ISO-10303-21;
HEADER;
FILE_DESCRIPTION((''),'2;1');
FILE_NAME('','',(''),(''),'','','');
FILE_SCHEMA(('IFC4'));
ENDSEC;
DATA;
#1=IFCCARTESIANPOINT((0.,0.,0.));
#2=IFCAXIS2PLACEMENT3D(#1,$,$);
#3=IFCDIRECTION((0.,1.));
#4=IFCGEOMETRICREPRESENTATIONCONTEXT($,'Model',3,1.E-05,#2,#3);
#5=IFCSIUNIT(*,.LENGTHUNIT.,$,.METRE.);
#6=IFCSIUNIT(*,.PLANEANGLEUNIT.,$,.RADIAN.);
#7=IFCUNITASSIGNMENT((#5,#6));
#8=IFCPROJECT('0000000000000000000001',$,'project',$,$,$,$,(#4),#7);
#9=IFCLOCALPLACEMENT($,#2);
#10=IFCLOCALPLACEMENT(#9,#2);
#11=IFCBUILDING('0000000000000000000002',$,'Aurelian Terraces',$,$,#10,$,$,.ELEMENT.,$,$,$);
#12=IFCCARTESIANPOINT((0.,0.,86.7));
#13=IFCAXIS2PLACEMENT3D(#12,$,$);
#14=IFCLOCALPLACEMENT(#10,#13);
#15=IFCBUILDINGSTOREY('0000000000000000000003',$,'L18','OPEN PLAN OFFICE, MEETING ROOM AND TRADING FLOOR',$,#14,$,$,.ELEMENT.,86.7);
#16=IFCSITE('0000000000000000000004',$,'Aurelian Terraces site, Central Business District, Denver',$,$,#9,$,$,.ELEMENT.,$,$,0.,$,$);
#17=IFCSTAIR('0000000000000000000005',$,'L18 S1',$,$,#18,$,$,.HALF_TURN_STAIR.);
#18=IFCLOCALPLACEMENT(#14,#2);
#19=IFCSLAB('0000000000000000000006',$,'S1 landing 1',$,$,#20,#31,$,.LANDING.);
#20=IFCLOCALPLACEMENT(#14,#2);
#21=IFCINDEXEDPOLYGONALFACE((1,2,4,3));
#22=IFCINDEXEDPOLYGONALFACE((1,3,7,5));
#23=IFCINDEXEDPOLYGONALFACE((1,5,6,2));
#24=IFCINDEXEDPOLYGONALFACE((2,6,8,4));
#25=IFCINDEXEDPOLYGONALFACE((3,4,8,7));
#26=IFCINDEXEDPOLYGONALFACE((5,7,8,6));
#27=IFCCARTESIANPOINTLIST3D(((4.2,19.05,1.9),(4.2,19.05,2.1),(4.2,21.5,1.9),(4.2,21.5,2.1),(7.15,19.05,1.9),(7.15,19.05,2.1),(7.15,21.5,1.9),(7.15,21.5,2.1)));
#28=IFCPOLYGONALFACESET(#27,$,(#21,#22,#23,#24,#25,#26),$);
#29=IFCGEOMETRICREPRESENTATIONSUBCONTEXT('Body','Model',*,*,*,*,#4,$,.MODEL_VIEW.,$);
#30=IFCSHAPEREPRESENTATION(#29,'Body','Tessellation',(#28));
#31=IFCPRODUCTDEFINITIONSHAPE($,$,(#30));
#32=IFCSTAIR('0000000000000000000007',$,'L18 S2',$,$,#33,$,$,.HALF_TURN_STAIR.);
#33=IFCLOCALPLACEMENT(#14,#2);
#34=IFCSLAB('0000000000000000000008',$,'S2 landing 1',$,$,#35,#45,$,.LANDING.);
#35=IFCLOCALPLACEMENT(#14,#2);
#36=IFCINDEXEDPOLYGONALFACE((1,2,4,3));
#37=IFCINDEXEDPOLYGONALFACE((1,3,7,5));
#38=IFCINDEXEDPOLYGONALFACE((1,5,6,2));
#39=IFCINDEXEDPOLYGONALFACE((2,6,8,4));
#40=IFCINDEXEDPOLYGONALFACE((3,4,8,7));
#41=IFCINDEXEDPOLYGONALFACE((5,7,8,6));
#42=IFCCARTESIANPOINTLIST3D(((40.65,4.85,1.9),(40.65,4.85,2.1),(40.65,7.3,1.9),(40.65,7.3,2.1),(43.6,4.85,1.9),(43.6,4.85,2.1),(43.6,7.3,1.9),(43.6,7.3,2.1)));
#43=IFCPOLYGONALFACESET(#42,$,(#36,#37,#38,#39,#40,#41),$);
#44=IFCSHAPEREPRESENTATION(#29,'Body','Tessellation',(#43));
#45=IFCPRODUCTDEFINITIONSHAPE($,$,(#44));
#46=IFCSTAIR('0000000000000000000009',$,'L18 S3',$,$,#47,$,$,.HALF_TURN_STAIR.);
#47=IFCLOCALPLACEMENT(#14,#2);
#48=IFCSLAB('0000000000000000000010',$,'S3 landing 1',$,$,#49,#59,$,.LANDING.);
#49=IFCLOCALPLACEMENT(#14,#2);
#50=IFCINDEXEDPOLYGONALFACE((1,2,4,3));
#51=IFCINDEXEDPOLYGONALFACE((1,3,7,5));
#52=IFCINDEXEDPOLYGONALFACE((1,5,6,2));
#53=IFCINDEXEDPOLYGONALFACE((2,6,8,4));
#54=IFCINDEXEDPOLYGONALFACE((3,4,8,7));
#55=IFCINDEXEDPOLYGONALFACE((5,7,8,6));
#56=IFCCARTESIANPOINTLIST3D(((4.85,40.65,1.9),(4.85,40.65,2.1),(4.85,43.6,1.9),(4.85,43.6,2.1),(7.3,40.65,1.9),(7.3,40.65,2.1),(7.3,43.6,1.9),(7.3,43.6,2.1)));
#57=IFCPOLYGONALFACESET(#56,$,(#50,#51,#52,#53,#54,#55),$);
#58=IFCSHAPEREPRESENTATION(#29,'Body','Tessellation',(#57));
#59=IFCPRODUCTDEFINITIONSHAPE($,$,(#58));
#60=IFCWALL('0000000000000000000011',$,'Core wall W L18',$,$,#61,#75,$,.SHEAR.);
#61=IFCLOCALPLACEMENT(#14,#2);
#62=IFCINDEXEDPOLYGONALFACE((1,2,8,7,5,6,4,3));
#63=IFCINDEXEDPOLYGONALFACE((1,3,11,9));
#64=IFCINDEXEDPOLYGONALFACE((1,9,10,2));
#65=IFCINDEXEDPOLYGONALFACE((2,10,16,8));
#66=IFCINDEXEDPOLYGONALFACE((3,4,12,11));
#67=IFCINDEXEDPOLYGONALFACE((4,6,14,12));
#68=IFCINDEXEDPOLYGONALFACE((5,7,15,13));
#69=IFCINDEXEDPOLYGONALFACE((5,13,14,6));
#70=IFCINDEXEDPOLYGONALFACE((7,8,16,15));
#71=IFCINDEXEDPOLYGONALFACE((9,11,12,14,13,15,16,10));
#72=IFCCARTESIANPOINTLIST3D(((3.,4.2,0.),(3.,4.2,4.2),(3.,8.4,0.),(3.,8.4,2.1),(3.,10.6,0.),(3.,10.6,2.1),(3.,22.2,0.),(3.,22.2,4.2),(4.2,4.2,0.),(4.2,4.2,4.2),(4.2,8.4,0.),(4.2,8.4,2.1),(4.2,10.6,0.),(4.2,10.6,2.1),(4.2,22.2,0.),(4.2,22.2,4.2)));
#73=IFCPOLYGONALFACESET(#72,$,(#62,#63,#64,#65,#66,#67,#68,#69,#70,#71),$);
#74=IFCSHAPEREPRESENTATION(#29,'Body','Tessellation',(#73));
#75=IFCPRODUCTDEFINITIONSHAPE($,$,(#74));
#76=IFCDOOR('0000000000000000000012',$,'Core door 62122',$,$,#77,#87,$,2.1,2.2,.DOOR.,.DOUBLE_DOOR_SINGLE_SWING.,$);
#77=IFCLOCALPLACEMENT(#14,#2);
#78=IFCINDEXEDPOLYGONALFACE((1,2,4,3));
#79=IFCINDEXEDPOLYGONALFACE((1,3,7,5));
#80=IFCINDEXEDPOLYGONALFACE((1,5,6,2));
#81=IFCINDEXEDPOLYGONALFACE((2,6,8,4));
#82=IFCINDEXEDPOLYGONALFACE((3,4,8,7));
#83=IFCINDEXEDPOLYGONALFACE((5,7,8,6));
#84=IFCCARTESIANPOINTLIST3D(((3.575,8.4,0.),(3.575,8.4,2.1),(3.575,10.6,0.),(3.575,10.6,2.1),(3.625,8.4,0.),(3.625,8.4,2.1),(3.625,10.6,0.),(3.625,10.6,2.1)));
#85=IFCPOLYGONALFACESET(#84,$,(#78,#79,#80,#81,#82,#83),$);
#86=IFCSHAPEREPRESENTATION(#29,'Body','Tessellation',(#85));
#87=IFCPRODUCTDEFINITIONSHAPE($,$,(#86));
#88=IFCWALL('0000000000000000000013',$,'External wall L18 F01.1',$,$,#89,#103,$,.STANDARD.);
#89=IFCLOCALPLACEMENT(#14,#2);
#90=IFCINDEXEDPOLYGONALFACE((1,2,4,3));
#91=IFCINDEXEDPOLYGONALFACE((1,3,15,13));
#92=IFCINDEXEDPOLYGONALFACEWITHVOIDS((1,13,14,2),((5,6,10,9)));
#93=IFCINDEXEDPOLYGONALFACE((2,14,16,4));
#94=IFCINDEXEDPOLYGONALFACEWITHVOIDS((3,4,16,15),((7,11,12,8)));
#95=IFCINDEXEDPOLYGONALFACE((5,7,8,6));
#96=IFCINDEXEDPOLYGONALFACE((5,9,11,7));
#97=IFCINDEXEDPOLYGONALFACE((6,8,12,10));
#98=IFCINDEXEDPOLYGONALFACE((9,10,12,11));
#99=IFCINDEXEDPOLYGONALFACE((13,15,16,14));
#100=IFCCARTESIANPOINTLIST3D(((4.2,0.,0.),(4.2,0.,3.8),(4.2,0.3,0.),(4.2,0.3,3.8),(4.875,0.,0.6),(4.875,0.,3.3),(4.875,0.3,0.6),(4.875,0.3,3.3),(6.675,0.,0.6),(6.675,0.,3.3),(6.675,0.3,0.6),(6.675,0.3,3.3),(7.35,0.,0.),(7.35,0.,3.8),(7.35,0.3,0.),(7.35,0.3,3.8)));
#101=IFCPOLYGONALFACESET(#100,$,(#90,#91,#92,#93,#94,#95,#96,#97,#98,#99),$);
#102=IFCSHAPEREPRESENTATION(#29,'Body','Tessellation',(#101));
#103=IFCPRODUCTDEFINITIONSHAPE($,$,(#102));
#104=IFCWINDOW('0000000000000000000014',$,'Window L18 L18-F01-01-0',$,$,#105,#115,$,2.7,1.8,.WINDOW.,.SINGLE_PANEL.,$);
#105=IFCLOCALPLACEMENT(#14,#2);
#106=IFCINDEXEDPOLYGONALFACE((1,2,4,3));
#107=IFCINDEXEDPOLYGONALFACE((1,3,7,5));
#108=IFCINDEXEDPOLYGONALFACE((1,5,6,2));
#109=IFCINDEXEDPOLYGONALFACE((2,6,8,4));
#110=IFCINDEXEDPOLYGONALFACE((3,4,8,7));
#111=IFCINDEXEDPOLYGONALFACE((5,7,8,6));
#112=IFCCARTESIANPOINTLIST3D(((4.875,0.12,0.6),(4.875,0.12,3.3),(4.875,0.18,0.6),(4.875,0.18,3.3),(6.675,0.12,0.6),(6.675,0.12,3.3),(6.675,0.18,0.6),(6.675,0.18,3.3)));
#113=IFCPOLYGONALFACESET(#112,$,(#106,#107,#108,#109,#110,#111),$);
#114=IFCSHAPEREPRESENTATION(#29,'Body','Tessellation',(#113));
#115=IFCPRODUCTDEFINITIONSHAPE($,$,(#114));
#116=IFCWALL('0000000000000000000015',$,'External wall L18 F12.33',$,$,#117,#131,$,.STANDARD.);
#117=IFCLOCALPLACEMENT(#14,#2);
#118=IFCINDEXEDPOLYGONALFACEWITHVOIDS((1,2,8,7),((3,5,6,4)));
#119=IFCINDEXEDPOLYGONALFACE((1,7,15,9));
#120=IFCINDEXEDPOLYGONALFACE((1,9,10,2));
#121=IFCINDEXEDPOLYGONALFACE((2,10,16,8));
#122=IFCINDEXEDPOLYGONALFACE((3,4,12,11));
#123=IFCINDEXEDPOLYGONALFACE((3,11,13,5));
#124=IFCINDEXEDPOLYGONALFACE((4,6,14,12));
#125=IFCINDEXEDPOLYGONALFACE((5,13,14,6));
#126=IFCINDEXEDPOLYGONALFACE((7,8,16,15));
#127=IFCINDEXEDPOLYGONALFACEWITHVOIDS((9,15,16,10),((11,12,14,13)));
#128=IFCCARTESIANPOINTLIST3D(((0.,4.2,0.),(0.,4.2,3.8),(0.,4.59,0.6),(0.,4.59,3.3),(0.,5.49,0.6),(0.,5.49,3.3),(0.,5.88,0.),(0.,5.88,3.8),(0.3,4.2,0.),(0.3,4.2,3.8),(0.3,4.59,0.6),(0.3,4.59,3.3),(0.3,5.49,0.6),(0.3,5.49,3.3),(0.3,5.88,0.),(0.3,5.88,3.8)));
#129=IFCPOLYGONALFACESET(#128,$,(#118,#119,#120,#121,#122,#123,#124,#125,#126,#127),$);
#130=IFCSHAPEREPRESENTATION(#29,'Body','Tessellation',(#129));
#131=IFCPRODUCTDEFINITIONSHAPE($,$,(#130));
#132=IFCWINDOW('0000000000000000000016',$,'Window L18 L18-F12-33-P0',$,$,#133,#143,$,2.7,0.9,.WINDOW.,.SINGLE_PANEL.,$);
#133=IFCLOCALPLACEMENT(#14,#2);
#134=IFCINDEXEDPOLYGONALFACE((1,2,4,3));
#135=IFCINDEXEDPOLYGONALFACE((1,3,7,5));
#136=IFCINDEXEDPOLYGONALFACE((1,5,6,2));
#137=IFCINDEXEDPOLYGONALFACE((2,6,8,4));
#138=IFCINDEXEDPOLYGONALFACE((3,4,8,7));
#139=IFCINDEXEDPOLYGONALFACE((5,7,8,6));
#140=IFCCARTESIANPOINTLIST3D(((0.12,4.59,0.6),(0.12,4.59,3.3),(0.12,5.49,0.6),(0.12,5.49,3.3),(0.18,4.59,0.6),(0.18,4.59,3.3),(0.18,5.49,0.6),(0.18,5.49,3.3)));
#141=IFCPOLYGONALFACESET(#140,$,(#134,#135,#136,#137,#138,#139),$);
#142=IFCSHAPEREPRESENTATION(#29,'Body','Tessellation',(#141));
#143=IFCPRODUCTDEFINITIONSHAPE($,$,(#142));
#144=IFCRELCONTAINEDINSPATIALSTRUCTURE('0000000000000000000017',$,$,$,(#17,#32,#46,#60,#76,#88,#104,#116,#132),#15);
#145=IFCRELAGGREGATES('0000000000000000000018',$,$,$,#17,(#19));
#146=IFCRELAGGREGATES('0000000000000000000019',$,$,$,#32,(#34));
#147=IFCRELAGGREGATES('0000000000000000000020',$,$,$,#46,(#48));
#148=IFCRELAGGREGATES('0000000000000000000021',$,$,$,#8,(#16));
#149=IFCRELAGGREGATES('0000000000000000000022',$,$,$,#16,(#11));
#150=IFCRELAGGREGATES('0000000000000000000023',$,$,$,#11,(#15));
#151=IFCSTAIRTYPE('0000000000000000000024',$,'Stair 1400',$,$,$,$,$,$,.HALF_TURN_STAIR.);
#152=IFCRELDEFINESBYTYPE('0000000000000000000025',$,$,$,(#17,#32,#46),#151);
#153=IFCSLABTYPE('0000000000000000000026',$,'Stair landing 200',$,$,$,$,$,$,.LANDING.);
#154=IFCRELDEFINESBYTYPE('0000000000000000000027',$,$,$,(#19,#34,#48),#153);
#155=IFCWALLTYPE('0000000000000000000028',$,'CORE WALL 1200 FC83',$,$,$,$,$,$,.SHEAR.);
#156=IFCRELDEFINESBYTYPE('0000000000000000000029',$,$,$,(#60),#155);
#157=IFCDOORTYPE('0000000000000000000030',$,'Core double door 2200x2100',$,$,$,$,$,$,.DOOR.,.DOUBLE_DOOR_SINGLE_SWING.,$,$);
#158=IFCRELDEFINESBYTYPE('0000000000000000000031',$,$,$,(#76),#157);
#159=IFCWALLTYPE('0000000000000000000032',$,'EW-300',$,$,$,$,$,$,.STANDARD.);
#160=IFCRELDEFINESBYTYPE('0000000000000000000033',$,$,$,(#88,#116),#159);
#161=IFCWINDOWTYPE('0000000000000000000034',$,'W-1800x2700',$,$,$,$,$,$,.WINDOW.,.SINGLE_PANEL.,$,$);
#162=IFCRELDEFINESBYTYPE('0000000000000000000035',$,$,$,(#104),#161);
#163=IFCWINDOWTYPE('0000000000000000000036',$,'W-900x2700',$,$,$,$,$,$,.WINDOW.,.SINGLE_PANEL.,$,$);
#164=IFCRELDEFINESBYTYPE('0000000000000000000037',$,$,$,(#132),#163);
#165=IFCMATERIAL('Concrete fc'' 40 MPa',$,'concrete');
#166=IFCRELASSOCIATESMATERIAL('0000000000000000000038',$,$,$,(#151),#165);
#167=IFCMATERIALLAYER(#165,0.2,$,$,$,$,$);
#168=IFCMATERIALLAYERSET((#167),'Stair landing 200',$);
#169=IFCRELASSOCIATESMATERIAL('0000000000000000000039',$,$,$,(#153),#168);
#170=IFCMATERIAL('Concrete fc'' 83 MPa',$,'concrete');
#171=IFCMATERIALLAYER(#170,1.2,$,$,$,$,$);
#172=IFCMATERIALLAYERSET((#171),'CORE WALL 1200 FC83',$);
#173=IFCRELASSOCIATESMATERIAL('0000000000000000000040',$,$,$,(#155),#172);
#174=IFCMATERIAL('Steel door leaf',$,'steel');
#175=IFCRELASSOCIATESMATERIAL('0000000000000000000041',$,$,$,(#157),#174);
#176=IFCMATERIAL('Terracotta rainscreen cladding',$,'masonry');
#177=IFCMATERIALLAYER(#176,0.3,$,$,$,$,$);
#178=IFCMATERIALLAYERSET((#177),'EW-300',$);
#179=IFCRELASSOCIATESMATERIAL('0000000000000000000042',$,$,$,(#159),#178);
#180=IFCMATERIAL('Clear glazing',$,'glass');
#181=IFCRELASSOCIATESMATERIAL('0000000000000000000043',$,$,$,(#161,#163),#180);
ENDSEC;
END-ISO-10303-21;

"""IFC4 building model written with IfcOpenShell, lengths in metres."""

from ifc_helpers import new_model, si_unit, direction, frame, frame_2d, origin, place, context, subcontext, project, spatial, polyline, rectangle, outline, extrude, source, transform, mapped, material, layer, layer_set, type_object, element, fill, aggregate, save


model = new_model("IFC4")

# Units and contexts
model_context = context("Model", 3, precision=1e-05, world=origin(), true_north=direction((0.0, 1.0)))
body_context = subcontext(model_context, "Body", "Model", "MODEL_VIEW")
ifc_project = project(units=[si_unit("LENGTHUNIT", "METRE"), si_unit("PLANEANGLEUNIT", "RADIAN")], contexts=[model_context])

# Site, building, storey
site_placement = place(None, origin())
site = spatial("IfcSite", under=ifc_project, at=site_placement, Name="Aurelian Terraces site, Central Business District, Denver", CompositionType="ELEMENT", RefElevation=0.0)
building_placement = place(site_placement, origin())
building = spatial("IfcBuilding", under=site, at=building_placement, Name="Aurelian Terraces", CompositionType="ELEMENT")
storey_placement = place(building_placement, frame((0.0, 0.0, 86.7)))
storey = spatial("IfcBuildingStorey", under=building, at=storey_placement, Name="L18", Description="OPEN PLAN OFFICE, MEETING ROOM AND TRADING FLOOR", CompositionType="ELEMENT", Elevation=86.7)

# Shared definitions
ifc_material_1 = material(Name="Concrete fc' 40 MPa", Category="concrete")

# Stairs, slabs
stair_type = type_object("IfcStairType", Name="Stair 1400", PredefinedType="HALF_TURN_STAIR", material=ifc_material_1)
stair_1_placement = place(storey_placement, origin())
stair_1 = element("IfcStair", 1, at=stair_1_placement, inside=storey, type_object=stair_type, Name="L18 S1", PredefinedType="HALF_TURN_STAIR")
ifc_layer_1 = layer(ifc_material_1, 0.2)
ifc_layer_set_1 = layer_set([ifc_layer_1], Name="Stair landing 200")
slab_type_1 = type_object("IfcSlabType", Name="Stair landing 200", PredefinedType="LANDING", material=ifc_layer_set_1)
shared_shape_1 = source(origin(), body_context, "Body", "SweptSolid", [
    extrude(outline(polyline([(7.15, 19.05), (7.15, 21.5), (4.2, 21.5), (4.2, 19.05), (7.15, 19.05)])), origin(), (0.0, 0.0, 1.0), 0.2),
])
slab_1_placement = place(storey_placement, frame((0.0, 0.0, 1.9)))
slab_1 = element("IfcSlab", 2, at=slab_1_placement, type_object=slab_type_1, Name="S1 landing 1", PredefinedType="LANDING", context=body_context, shape_type="MappedRepresentation", body=[
    mapped(shared_shape_1, transform((0.0, 0.0, 0.0), scale=1.0)),
])
aggregate(stair_1, [slab_1])
stair_2_placement = place(storey_placement, origin())
stair_2 = element("IfcStair", 3, at=stair_2_placement, inside=storey, type_object=stair_type, Name="L18 S2", PredefinedType="HALF_TURN_STAIR")
shared_shape_2 = source(origin(), body_context, "Body", "SweptSolid", [
    extrude(outline(polyline([(43.6, 4.85), (43.6, 7.3), (40.65, 7.3), (40.65, 4.85), (43.6, 4.85)])), origin(), (0.0, 0.0, 1.0), 0.2),
])
slab_2_placement = place(storey_placement, frame((0.0, 0.0, 1.9)))
slab_2 = element("IfcSlab", 4, at=slab_2_placement, type_object=slab_type_1, Name="S2 landing 1", PredefinedType="LANDING", context=body_context, shape_type="MappedRepresentation", body=[
    mapped(shared_shape_2, transform((0.0, 0.0, 0.0), scale=1.0)),
])
aggregate(stair_2, [slab_2])
stair_3_placement = place(storey_placement, origin())
stair_3 = element("IfcStair", 5, at=stair_3_placement, inside=storey, type_object=stair_type, Name="L18 S3", PredefinedType="HALF_TURN_STAIR")
shared_shape_3 = source(origin(), body_context, "Body", "SweptSolid", [
    extrude(outline(polyline([(4.85, 40.65), (7.3, 40.65), (7.3, 43.6), (4.85, 43.6), (4.85, 40.65)])), origin(), (0.0, 0.0, 1.0), 0.2),
])
slab_3_placement = place(storey_placement, frame((0.0, 0.0, 1.9)))
slab_3 = element("IfcSlab", 6, at=slab_3_placement, type_object=slab_type_1, Name="S3 landing 1", PredefinedType="LANDING", context=body_context, shape_type="MappedRepresentation", body=[
    mapped(shared_shape_3, transform((0.0, 0.0, 0.0), scale=1.0)),
])
aggregate(stair_3, [slab_3])

# Wall, opening, door
ifc_material_2 = material(Name="Concrete fc' 83 MPa", Category="concrete")
ifc_layer_2 = layer(ifc_material_2, 1.2)
ifc_layer_set_2 = layer_set([ifc_layer_2], Name="CORE WALL 1200 FC83")
wall_type_1 = type_object("IfcWallType", Name="CORE WALL 1200 FC83", PredefinedType="SHEAR", material=ifc_layer_set_2)
shared_shape_4 = source(origin(), body_context, "Body", "SweptSolid", [
    extrude(rectangle(XDim=18.0, YDim=1.2, at=frame_2d((9.0, 0.0))), origin(), (0.0, 0.0, 1.0), 4.2),
])
wall_1_placement = place(storey_placement, frame((3.6, 4.2, 0.0), z_axis=(0.0, 0.0, 1.0), x_axis=(0.0, 1.0, 0.0)))
wall_1 = element("IfcWall", 7, at=wall_1_placement, inside=storey, type_object=wall_type_1, Name="Core wall W L18", PredefinedType="SHEAR", context=body_context, shape_type="MappedRepresentation", body=[
    mapped(shared_shape_4, transform((0.0, 0.0, 0.0), scale=1.0)),
])
shared_shape_5 = source(origin(), body_context, "Body", "SweptSolid", [
    extrude(rectangle(XDim=2.2, YDim=2.1, at=frame_2d((1.1, 1.05))), frame((0.0, 0.61, 0.0), z_axis=(0.0, -1.0, 0.0), x_axis=(1.0, 0.0, 0.0)), (0.0, 0.0, 1.0), 1.22),
])
opening_1_placement = place(wall_1_placement, frame((4.2, 0.0, 0.0)))
opening_1 = element("IfcOpeningElement", 8, at=opening_1_placement, cuts=wall_1, PredefinedType="OPENING", context=body_context, shape_type="MappedRepresentation", body=[
    mapped(shared_shape_5, transform((0.0, 0.0, 0.0), scale=1.0)),
])
ifc_material_3 = material(Name="Steel door leaf", Category="steel")
door_type = type_object("IfcDoorType", Name="Core double door 2200x2100", OperationType="DOUBLE_DOOR_SINGLE_SWING", PredefinedType="DOOR", material=ifc_material_3)
shared_shape_6 = source(origin(), body_context, "Body", "SweptSolid", [
    extrude(rectangle(XDim=2.2, YDim=2.1, at=frame_2d((1.1, 1.05))), frame((0.0, 0.025, 0.0), z_axis=(0.0, -1.0, 0.0), x_axis=(1.0, 0.0, 0.0)), (0.0, 0.0, 1.0), 0.05),
])
door_placement = place(opening_1_placement, origin())
door = element("IfcDoor", 9, at=door_placement, inside=storey, type_object=door_type, Name="Core door 62122", OperationType="DOUBLE_DOOR_SINGLE_SWING", OverallHeight=2.1, OverallWidth=2.2, PredefinedType="DOOR", context=body_context, shape_type="MappedRepresentation", body=[
    mapped(shared_shape_6, transform((0.0, 0.0, 0.0), scale=1.0)),
])
fill(opening_1, door)

# Walls, openings, windows
ifc_material_4 = material(Name="Terracotta rainscreen cladding", Category="masonry")
ifc_layer_3 = layer(ifc_material_4, 0.3)
ifc_layer_set_3 = layer_set([ifc_layer_3], Name="EW-300")
wall_type_2 = type_object("IfcWallType", Name="EW-300", PredefinedType="STANDARD", material=ifc_layer_set_3)
shared_shape_7 = source(origin(), body_context, "Body", "SweptSolid", [
    extrude(rectangle(XDim=3.15, YDim=0.3, at=frame_2d((1.575, 0.0))), origin(), (0.0, 0.0, 1.0), 3.8),
])
wall_2_placement = place(storey_placement, frame((4.2, 0.15, 0.0), z_axis=(0.0, 0.0, 1.0), x_axis=(1.0, 0.0, 0.0)))
wall_2 = element("IfcWall", 10, at=wall_2_placement, inside=storey, type_object=wall_type_2, Name="External wall L18 F01.1", PredefinedType="STANDARD", context=body_context, shape_type="MappedRepresentation", body=[
    mapped(shared_shape_7, transform((0.0, 0.0, 0.0), scale=1.0)),
])
shared_shape_8 = source(origin(), body_context, "Body", "SweptSolid", [
    extrude(rectangle(XDim=1.8, YDim=2.7, at=frame_2d((0.9, 1.35))), frame((0.0, 0.16, 0.0), z_axis=(0.0, -1.0, 0.0), x_axis=(1.0, 0.0, 0.0)), (0.0, 0.0, 1.0), 0.32),
])
opening_2_placement = place(wall_2_placement, frame((0.675, 0.0, 0.6)))
opening_2 = element("IfcOpeningElement", 11, at=opening_2_placement, cuts=wall_2, PredefinedType="OPENING", context=body_context, shape_type="MappedRepresentation", body=[
    mapped(shared_shape_8, transform((0.0, 0.0, 0.0), scale=1.0)),
])
ifc_material_5 = material(Name="Clear glazing", Category="glass")
window_type_1 = type_object("IfcWindowType", Name="W-1800x2700", PartitioningType="SINGLE_PANEL", PredefinedType="WINDOW", material=ifc_material_5)
shared_shape_9 = source(origin(), body_context, "Body", "SweptSolid", [
    extrude(rectangle(XDim=1.8, YDim=2.7, at=frame_2d((0.9, 1.35))), frame((0.0, 0.03, 0.0), z_axis=(0.0, -1.0, 0.0), x_axis=(1.0, 0.0, 0.0)), (0.0, 0.0, 1.0), 0.06),
])
window_1_placement = place(opening_2_placement, origin())
window_1 = element("IfcWindow", 12, at=window_1_placement, inside=storey, type_object=window_type_1, Name="Window L18 L18-F01-01-0", OverallHeight=2.7, OverallWidth=1.8, PartitioningType="SINGLE_PANEL", PredefinedType="WINDOW", context=body_context, shape_type="MappedRepresentation", body=[
    mapped(shared_shape_9, transform((0.0, 0.0, 0.0), scale=1.0)),
])
fill(opening_2, window_1)
shared_shape_10 = source(origin(), body_context, "Body", "SweptSolid", [
    extrude(rectangle(XDim=1.68, YDim=0.3, at=frame_2d((0.84, 0.0))), origin(), (0.0, 0.0, 1.0), 3.8),
])
wall_3_placement = place(storey_placement, frame((0.15, 5.88, 0.0), z_axis=(0.0, 0.0, 1.0), x_axis=(0.0, -1.0, 0.0)))
wall_3 = element("IfcWall", 13, at=wall_3_placement, inside=storey, type_object=wall_type_2, Name="External wall L18 F12.33", PredefinedType="STANDARD", context=body_context, shape_type="MappedRepresentation", body=[
    mapped(shared_shape_10, transform((0.0, 0.0, 0.0), scale=1.0)),
])
shared_shape_11 = source(origin(), body_context, "Body", "SweptSolid", [
    extrude(rectangle(XDim=0.9, YDim=2.7, at=frame_2d((0.45, 1.35))), frame((0.0, 0.16, 0.0), z_axis=(0.0, -1.0, 0.0), x_axis=(1.0, 0.0, 0.0)), (0.0, 0.0, 1.0), 0.32),
])
opening_3_placement = place(wall_3_placement, frame((0.39, 0.0, 0.6)))
opening_3 = element("IfcOpeningElement", 14, at=opening_3_placement, cuts=wall_3, PredefinedType="OPENING", context=body_context, shape_type="MappedRepresentation", body=[
    mapped(shared_shape_11, transform((0.0, 0.0, 0.0), scale=1.0)),
])
window_type_2 = type_object("IfcWindowType", Name="W-900x2700", PartitioningType="SINGLE_PANEL", PredefinedType="WINDOW", material=ifc_material_5)
shared_shape_12 = source(origin(), body_context, "Body", "SweptSolid", [
    extrude(rectangle(XDim=0.9, YDim=2.7, at=frame_2d((0.45, 1.35))), frame((0.0, 0.03, 0.0), z_axis=(0.0, -1.0, 0.0), x_axis=(1.0, 0.0, 0.0)), (0.0, 0.0, 1.0), 0.06),
])
window_2_placement = place(opening_3_placement, origin())
window_2 = element("IfcWindow", 15, at=window_2_placement, inside=storey, type_object=window_type_2, Name="Window L18 L18-F12-33-P0", OverallHeight=2.7, OverallWidth=0.9, PartitioningType="SINGLE_PANEL", PredefinedType="WINDOW", context=body_context, shape_type="MappedRepresentation", body=[
    mapped(shared_shape_12, transform((0.0, 0.0, 0.0), scale=1.0)),
])
fill(opening_3, window_2)

save(model, "model.ifc")
